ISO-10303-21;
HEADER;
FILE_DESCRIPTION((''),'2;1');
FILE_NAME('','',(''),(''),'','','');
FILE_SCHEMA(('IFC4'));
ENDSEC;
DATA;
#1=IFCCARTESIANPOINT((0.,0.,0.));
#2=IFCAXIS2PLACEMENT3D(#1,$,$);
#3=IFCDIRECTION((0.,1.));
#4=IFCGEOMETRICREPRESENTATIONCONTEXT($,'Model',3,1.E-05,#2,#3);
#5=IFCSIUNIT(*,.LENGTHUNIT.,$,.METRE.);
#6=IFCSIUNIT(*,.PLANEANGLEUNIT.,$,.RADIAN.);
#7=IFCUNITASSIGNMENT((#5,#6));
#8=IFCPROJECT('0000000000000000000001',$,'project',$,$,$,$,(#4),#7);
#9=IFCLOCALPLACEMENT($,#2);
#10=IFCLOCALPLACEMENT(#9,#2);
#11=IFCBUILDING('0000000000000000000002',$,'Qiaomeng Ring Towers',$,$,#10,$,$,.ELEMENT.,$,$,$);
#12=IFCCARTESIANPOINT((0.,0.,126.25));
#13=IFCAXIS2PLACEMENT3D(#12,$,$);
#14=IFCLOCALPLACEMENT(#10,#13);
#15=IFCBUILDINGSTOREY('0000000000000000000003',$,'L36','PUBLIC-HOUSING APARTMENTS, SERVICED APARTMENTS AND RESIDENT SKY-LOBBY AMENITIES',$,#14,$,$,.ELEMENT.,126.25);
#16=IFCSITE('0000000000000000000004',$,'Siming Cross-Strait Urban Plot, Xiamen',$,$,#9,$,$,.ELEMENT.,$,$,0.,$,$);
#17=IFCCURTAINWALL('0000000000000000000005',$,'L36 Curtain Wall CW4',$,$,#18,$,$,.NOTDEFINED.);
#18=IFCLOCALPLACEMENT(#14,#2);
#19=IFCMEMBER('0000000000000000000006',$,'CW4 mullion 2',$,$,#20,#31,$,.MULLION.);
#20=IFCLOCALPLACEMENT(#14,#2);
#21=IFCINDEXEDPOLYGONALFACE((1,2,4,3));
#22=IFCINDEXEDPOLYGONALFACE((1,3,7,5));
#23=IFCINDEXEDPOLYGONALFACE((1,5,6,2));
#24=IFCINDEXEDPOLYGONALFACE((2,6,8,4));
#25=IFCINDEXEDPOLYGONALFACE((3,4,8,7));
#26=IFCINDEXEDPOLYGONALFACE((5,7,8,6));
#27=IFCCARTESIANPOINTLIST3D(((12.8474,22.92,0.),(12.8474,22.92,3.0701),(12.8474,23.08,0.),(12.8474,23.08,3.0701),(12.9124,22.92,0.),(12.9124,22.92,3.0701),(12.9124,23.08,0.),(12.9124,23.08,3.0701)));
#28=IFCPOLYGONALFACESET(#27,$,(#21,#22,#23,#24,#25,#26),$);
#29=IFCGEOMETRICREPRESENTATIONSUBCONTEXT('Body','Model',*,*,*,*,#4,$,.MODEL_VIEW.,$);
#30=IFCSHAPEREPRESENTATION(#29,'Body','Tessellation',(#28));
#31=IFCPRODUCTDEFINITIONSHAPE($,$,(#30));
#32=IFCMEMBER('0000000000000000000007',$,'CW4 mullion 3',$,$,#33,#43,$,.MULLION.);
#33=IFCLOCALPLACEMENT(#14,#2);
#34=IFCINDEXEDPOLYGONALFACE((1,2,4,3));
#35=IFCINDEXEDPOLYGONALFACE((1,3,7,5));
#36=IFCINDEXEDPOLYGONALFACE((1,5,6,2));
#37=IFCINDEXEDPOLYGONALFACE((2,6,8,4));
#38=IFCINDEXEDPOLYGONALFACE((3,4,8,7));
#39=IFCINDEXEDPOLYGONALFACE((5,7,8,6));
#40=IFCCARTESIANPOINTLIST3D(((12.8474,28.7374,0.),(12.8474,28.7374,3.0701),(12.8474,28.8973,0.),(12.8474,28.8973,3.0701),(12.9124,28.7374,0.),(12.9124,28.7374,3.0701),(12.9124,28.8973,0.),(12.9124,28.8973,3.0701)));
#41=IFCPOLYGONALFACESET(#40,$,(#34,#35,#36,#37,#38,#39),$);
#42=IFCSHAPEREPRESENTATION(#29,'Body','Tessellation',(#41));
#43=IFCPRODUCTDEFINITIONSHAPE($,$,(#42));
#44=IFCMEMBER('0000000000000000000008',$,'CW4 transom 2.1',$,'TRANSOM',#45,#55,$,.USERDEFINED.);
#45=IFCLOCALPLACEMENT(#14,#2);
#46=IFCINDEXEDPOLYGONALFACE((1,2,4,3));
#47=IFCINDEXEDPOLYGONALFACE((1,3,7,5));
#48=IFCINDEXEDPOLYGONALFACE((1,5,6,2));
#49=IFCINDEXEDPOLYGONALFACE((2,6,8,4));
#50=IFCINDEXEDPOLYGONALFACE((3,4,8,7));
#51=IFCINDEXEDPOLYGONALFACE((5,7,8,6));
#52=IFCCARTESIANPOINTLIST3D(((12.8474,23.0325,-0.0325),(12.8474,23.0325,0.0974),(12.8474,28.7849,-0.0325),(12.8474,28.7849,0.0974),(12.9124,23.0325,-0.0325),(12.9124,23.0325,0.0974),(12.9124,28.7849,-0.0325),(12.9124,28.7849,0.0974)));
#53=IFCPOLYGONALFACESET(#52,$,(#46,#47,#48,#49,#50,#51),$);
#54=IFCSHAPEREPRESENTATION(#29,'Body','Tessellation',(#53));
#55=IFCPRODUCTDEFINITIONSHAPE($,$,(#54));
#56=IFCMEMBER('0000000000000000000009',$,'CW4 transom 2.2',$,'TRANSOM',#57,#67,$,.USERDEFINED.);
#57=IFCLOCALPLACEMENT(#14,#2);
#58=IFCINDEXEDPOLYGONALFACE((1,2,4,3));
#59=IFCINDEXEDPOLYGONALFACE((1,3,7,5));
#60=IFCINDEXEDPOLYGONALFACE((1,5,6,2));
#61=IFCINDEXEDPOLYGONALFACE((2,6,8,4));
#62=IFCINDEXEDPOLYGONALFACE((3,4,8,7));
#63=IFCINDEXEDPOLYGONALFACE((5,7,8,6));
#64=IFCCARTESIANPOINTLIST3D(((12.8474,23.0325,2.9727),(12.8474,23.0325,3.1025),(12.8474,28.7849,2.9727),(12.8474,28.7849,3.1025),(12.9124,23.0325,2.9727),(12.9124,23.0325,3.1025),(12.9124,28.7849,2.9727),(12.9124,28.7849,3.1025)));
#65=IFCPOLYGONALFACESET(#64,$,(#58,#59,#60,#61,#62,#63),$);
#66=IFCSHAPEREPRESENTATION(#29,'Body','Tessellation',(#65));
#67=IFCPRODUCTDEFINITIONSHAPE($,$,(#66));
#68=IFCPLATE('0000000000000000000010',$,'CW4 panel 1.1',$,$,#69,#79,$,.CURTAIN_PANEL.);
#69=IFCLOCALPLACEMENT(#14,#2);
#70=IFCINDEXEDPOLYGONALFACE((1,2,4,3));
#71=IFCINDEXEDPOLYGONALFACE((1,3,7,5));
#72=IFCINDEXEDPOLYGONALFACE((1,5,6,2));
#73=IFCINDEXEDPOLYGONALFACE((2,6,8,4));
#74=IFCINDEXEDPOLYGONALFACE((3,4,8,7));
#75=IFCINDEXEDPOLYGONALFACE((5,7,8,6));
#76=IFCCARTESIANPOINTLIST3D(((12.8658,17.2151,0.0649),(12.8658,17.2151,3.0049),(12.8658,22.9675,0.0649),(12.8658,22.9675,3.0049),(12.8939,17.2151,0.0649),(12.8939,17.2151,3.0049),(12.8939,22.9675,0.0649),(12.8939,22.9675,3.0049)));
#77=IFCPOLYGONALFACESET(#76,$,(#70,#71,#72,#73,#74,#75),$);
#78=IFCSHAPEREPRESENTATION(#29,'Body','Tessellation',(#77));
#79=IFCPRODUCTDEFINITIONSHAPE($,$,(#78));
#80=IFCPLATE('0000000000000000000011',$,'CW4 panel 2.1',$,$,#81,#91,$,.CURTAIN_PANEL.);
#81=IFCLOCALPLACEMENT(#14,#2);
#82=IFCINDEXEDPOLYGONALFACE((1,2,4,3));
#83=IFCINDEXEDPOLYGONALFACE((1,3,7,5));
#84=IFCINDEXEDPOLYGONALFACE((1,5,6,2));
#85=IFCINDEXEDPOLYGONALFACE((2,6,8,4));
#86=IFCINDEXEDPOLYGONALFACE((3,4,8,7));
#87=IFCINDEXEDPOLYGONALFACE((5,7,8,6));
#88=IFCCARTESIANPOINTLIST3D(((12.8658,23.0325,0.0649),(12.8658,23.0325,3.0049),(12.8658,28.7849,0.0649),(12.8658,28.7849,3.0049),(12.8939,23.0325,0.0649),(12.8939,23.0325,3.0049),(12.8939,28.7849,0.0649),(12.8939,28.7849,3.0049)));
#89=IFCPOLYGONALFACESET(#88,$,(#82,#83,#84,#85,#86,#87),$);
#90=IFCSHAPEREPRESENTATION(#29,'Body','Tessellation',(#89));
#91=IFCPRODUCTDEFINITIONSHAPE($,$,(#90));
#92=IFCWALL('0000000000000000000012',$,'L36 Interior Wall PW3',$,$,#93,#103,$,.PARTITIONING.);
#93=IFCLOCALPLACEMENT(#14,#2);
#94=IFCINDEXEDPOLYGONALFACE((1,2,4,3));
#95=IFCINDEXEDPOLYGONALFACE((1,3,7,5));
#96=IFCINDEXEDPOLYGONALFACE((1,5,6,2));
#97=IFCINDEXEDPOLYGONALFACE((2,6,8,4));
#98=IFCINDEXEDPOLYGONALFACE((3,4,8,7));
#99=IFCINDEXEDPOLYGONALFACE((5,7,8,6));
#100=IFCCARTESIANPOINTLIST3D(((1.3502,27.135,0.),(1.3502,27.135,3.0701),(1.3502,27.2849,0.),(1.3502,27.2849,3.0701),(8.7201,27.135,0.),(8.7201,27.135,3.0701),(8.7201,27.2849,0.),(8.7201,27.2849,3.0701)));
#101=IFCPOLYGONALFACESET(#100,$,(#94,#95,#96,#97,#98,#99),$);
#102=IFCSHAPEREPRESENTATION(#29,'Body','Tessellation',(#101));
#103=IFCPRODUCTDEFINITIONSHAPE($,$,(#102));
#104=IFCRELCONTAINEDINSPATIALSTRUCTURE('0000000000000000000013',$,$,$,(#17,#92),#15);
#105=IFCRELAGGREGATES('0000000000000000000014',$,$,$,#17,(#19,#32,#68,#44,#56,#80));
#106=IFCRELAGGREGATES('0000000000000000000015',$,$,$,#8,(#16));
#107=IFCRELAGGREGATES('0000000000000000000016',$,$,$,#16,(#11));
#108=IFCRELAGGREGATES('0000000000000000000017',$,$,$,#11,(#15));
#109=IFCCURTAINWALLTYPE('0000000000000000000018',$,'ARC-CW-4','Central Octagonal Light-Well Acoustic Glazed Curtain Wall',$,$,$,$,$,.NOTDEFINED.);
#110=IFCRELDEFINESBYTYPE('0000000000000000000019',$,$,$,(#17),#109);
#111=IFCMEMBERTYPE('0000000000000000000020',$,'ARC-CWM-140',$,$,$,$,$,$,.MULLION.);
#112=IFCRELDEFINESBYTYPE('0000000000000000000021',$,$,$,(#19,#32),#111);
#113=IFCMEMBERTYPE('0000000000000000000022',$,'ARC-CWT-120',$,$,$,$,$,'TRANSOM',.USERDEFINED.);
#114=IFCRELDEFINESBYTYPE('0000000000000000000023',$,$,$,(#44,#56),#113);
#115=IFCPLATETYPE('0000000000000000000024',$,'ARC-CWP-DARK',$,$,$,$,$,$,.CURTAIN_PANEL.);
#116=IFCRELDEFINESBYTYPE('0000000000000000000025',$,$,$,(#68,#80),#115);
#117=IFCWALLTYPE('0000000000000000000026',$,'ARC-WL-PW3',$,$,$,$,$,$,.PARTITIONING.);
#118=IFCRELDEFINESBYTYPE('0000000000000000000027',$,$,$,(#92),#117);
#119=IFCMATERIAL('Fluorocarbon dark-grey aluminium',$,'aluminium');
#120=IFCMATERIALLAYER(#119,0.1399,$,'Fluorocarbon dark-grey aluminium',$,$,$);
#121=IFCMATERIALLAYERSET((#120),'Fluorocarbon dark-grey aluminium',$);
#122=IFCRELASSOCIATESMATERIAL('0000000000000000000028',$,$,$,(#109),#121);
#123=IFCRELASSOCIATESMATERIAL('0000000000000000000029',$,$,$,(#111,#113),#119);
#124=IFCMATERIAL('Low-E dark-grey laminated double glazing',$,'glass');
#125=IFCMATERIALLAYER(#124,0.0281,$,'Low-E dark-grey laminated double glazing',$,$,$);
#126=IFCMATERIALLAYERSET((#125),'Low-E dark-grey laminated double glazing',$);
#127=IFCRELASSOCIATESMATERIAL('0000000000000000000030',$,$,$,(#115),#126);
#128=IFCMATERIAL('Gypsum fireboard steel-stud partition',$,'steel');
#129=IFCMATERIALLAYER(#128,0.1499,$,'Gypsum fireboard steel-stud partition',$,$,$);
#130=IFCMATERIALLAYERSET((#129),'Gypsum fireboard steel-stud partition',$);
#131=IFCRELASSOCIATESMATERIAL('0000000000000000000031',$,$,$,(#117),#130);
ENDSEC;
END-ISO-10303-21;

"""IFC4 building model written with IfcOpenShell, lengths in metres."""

from ifc_helpers import new_model, si_unit, direction, frame, frame_2d, origin, origin_2d, place, context, subcontext, project, spatial, rectangle, extrude, source, transform, mapped, material, layer, layer_set, material_profile, profile_set, type_object, element, aggregate, save


model = new_model("IFC4")

# Units and contexts
model_context = context("Model", 3, precision=1e-05, world=origin(), true_north=direction((0.0, 1.0)))
body_context = subcontext(model_context, "Body", "Model", "MODEL_VIEW")
ifc_project = project(units=[si_unit("LENGTHUNIT", "METRE"), si_unit("PLANEANGLEUNIT", "RADIAN")], contexts=[model_context])

# Site, building, storey
site_placement = place(None, origin())
site = spatial("IfcSite", under=ifc_project, at=site_placement, Name="Siming Cross-Strait Urban Plot, Xiamen", CompositionType="ELEMENT", RefElevation=0.0)
building_placement = place(site_placement, origin())
building = spatial("IfcBuilding", under=site, at=building_placement, Name="Qiaomeng Ring Towers", CompositionType="ELEMENT")
storey_placement = place(building_placement, frame((0.0, 0.0, 126.25)))
storey = spatial("IfcBuildingStorey", under=building, at=storey_placement, Name="L36", Description="PUBLIC-HOUSING APARTMENTS, SERVICED APARTMENTS AND RESIDENT SKY-LOBBY AMENITIES", CompositionType="ELEMENT", Elevation=126.25)

# Curtain wall, members, plates
ifc_material_1 = material(Name="Fluorocarbon dark-grey aluminium", Category="aluminium")
ifc_layer_1 = layer(ifc_material_1, 0.1399, Name="Fluorocarbon dark-grey aluminium")
ifc_layer_set_1 = layer_set([ifc_layer_1], Name="Fluorocarbon dark-grey aluminium")
curtain_wall_type = type_object("IfcCurtainWallType", Name="ARC-CW-4", Description="Central Octagonal Light-Well Acoustic Glazed Curtain Wall", PredefinedType="NOTDEFINED", material=ifc_layer_set_1)
curtain_wall_placement = place(storey_placement, origin())
curtain_wall = element("IfcCurtainWall", 1, at=curtain_wall_placement, inside=storey, type_object=curtain_wall_type, Name="L36 Curtain Wall CW4", PredefinedType="NOTDEFINED")
ifc_material_profile_1 = material_profile(ifc_material_1, rectangle(XDim=0.0649, YDim=0.1599, at=origin_2d()), Name="ALU MULL 65x160")
ifc_profile_set_1 = profile_set([ifc_material_profile_1], Name="Fluorocarbon dark-grey aluminium")
member_type_1 = type_object("IfcMemberType", Name="ARC-CWM-140", PredefinedType="MULLION", material=ifc_profile_set_1)
shared_shape_1 = source(origin(), body_context, "Body", "SweptSolid", [
    extrude(rectangle(XDim=0.0649, YDim=0.1599, at=origin_2d()), origin(), (0.0, 0.0, 1.0), 3.0701),
])
member_1_placement = place(storey_placement, frame((12.8799, 23.0, 0.0), z_axis=(0.0, 0.0, 1.0), x_axis=(-1.0, 0.0, 0.0)))
member_1 = element("IfcMember", 2, at=member_1_placement, type_object=member_type_1, Name="CW4 mullion 2", PredefinedType="MULLION", context=body_context, shape_type="MappedRepresentation", body=[
    mapped(shared_shape_1, transform((0.0, 0.0, 0.0), x_axis=(1.0, 0.0, 0.0), y_axis=(0.0, 1.0, 0.0), z_axis=(0.0, 0.0, 1.0), scale=1.0)),
])
member_2_placement = place(storey_placement, frame((12.8799, 28.8174, 0.0), z_axis=(0.0, 0.0, 1.0), x_axis=(-1.0, 0.0, 0.0)))
member_2 = element("IfcMember", 3, at=member_2_placement, type_object=member_type_1, Name="CW4 mullion 3", PredefinedType="MULLION", context=body_context, shape_type="MappedRepresentation", body=[
    mapped(shared_shape_1, transform((0.0, 0.0, 0.0), x_axis=(1.0, 0.0, 0.0), y_axis=(0.0, 1.0, 0.0), z_axis=(0.0, 0.0, 1.0), scale=1.0)),
])
ifc_material_profile_2 = material_profile(ifc_material_1, rectangle(XDim=0.0649, YDim=0.1299, at=origin_2d()), Name="ALU TRAN 65x130")
ifc_profile_set_2 = profile_set([ifc_material_profile_2], Name="Fluorocarbon dark-grey aluminium")
member_type_2 = type_object("IfcMemberType", Name="ARC-CWT-120", ElementType="TRANSOM", PredefinedType="USERDEFINED", material=ifc_profile_set_2)
shared_shape_2 = source(origin(), body_context, "Body", "SweptSolid", [
    extrude(rectangle(XDim=0.0649, YDim=0.1299, at=origin_2d()), origin(), (0.0, 0.0, 1.0), 5.7524),
])
member_3_placement = place(storey_placement, frame((12.8799, 23.0325, 0.0325), z_axis=(0.0, 1.0, 0.0), x_axis=(-1.0, 0.0, 0.0)))
member_3 = element("IfcMember", 4, at=member_3_placement, type_object=member_type_2, Name="CW4 transom 2.1", ObjectType="TRANSOM", PredefinedType="USERDEFINED", context=body_context, shape_type="MappedRepresentation", body=[
    mapped(shared_shape_2, transform((0.0, 0.0, 0.0), x_axis=(1.0, 0.0, 0.0), y_axis=(0.0, 1.0, 0.0), z_axis=(0.0, 0.0, 1.0), scale=1.0)),
])
member_4_placement = place(storey_placement, frame((12.8799, 23.0325, 3.0376), z_axis=(0.0, 1.0, 0.0), x_axis=(-1.0, 0.0, 0.0)))
member_4 = element("IfcMember", 5, at=member_4_placement, type_object=member_type_2, Name="CW4 transom 2.2", ObjectType="TRANSOM", PredefinedType="USERDEFINED", context=body_context, shape_type="MappedRepresentation", body=[
    mapped(shared_shape_2, transform((0.0, 0.0, 0.0), x_axis=(1.0, 0.0, 0.0), y_axis=(0.0, 1.0, 0.0), z_axis=(0.0, 0.0, 1.0), scale=1.0)),
])
ifc_material_2 = material(Name="Low-E dark-grey laminated double glazing", Category="glass")
ifc_layer_2 = layer(ifc_material_2, 0.0281, Name="Low-E dark-grey laminated double glazing")
ifc_layer_set_2 = layer_set([ifc_layer_2], Name="Low-E dark-grey laminated double glazing")
plate_type = type_object("IfcPlateType", Name="ARC-CWP-DARK", PredefinedType="CURTAIN_PANEL", material=ifc_layer_set_2)
shared_shape_3 = source(origin(), body_context, "Body", "SweptSolid", [
    extrude(rectangle(XDim=5.7524, YDim=0.0281, at=origin_2d()), origin(), (0.0, 0.0, 1.0), 2.9399),
])
plate_1_placement = place(storey_placement, frame((12.8799, 20.0913, 0.0649), z_axis=(0.0, 0.0, 1.0), x_axis=(0.0, 1.0, 0.0)))
plate_1 = element("IfcPlate", 6, at=plate_1_placement, type_object=plate_type, Name="CW4 panel 1.1", PredefinedType="CURTAIN_PANEL", context=body_context, shape_type="MappedRepresentation", body=[
    mapped(shared_shape_3, transform((0.0, 0.0, 0.0), x_axis=(1.0, 0.0, 0.0), y_axis=(0.0, 1.0, 0.0), z_axis=(0.0, 0.0, 1.0), scale=1.0)),
])
plate_2_placement = place(storey_placement, frame((12.8799, 25.9087, 0.0649), z_axis=(0.0, 0.0, 1.0), x_axis=(0.0, 1.0, 0.0)))
plate_2 = element("IfcPlate", 7, at=plate_2_placement, type_object=plate_type, Name="CW4 panel 2.1", PredefinedType="CURTAIN_PANEL", context=body_context, shape_type="MappedRepresentation", body=[
    mapped(shared_shape_3, transform((0.0, 0.0, 0.0), x_axis=(1.0, 0.0, 0.0), y_axis=(0.0, 1.0, 0.0), z_axis=(0.0, 0.0, 1.0), scale=1.0)),
])
aggregate(curtain_wall, [member_1, member_2, plate_1, member_3, member_4, plate_2])

# Wall
ifc_material_3 = material(Name="Gypsum fireboard steel-stud partition", Category="steel")
ifc_layer_3 = layer(ifc_material_3, 0.1499, Name="Gypsum fireboard steel-stud partition")
ifc_layer_set_3 = layer_set([ifc_layer_3], Name="Gypsum fireboard steel-stud partition")
wall_type_1 = type_object("IfcWallType", Name="ARC-WL-PW3", PredefinedType="PARTITIONING", material=ifc_layer_set_3)
wall_1_placement = place(storey_placement, frame((1.3501, 27.21, 0.0), z_axis=(0.0, 0.0, 1.0), x_axis=(1.0, 0.0, 0.0)))
element("IfcWall", 8, at=wall_1_placement, inside=storey, type_object=wall_type_1, Name="L36 Interior Wall PW3", PredefinedType="PARTITIONING", context=body_context, shape_type="SweptSolid", body=[
    extrude(rectangle(XDim=7.3699, YDim=0.1499, at=frame_2d((3.6851, 0.0))), origin(), (0.0, 0.0, 1.0), 3.0701),
])

save(model, "model.ifc")
